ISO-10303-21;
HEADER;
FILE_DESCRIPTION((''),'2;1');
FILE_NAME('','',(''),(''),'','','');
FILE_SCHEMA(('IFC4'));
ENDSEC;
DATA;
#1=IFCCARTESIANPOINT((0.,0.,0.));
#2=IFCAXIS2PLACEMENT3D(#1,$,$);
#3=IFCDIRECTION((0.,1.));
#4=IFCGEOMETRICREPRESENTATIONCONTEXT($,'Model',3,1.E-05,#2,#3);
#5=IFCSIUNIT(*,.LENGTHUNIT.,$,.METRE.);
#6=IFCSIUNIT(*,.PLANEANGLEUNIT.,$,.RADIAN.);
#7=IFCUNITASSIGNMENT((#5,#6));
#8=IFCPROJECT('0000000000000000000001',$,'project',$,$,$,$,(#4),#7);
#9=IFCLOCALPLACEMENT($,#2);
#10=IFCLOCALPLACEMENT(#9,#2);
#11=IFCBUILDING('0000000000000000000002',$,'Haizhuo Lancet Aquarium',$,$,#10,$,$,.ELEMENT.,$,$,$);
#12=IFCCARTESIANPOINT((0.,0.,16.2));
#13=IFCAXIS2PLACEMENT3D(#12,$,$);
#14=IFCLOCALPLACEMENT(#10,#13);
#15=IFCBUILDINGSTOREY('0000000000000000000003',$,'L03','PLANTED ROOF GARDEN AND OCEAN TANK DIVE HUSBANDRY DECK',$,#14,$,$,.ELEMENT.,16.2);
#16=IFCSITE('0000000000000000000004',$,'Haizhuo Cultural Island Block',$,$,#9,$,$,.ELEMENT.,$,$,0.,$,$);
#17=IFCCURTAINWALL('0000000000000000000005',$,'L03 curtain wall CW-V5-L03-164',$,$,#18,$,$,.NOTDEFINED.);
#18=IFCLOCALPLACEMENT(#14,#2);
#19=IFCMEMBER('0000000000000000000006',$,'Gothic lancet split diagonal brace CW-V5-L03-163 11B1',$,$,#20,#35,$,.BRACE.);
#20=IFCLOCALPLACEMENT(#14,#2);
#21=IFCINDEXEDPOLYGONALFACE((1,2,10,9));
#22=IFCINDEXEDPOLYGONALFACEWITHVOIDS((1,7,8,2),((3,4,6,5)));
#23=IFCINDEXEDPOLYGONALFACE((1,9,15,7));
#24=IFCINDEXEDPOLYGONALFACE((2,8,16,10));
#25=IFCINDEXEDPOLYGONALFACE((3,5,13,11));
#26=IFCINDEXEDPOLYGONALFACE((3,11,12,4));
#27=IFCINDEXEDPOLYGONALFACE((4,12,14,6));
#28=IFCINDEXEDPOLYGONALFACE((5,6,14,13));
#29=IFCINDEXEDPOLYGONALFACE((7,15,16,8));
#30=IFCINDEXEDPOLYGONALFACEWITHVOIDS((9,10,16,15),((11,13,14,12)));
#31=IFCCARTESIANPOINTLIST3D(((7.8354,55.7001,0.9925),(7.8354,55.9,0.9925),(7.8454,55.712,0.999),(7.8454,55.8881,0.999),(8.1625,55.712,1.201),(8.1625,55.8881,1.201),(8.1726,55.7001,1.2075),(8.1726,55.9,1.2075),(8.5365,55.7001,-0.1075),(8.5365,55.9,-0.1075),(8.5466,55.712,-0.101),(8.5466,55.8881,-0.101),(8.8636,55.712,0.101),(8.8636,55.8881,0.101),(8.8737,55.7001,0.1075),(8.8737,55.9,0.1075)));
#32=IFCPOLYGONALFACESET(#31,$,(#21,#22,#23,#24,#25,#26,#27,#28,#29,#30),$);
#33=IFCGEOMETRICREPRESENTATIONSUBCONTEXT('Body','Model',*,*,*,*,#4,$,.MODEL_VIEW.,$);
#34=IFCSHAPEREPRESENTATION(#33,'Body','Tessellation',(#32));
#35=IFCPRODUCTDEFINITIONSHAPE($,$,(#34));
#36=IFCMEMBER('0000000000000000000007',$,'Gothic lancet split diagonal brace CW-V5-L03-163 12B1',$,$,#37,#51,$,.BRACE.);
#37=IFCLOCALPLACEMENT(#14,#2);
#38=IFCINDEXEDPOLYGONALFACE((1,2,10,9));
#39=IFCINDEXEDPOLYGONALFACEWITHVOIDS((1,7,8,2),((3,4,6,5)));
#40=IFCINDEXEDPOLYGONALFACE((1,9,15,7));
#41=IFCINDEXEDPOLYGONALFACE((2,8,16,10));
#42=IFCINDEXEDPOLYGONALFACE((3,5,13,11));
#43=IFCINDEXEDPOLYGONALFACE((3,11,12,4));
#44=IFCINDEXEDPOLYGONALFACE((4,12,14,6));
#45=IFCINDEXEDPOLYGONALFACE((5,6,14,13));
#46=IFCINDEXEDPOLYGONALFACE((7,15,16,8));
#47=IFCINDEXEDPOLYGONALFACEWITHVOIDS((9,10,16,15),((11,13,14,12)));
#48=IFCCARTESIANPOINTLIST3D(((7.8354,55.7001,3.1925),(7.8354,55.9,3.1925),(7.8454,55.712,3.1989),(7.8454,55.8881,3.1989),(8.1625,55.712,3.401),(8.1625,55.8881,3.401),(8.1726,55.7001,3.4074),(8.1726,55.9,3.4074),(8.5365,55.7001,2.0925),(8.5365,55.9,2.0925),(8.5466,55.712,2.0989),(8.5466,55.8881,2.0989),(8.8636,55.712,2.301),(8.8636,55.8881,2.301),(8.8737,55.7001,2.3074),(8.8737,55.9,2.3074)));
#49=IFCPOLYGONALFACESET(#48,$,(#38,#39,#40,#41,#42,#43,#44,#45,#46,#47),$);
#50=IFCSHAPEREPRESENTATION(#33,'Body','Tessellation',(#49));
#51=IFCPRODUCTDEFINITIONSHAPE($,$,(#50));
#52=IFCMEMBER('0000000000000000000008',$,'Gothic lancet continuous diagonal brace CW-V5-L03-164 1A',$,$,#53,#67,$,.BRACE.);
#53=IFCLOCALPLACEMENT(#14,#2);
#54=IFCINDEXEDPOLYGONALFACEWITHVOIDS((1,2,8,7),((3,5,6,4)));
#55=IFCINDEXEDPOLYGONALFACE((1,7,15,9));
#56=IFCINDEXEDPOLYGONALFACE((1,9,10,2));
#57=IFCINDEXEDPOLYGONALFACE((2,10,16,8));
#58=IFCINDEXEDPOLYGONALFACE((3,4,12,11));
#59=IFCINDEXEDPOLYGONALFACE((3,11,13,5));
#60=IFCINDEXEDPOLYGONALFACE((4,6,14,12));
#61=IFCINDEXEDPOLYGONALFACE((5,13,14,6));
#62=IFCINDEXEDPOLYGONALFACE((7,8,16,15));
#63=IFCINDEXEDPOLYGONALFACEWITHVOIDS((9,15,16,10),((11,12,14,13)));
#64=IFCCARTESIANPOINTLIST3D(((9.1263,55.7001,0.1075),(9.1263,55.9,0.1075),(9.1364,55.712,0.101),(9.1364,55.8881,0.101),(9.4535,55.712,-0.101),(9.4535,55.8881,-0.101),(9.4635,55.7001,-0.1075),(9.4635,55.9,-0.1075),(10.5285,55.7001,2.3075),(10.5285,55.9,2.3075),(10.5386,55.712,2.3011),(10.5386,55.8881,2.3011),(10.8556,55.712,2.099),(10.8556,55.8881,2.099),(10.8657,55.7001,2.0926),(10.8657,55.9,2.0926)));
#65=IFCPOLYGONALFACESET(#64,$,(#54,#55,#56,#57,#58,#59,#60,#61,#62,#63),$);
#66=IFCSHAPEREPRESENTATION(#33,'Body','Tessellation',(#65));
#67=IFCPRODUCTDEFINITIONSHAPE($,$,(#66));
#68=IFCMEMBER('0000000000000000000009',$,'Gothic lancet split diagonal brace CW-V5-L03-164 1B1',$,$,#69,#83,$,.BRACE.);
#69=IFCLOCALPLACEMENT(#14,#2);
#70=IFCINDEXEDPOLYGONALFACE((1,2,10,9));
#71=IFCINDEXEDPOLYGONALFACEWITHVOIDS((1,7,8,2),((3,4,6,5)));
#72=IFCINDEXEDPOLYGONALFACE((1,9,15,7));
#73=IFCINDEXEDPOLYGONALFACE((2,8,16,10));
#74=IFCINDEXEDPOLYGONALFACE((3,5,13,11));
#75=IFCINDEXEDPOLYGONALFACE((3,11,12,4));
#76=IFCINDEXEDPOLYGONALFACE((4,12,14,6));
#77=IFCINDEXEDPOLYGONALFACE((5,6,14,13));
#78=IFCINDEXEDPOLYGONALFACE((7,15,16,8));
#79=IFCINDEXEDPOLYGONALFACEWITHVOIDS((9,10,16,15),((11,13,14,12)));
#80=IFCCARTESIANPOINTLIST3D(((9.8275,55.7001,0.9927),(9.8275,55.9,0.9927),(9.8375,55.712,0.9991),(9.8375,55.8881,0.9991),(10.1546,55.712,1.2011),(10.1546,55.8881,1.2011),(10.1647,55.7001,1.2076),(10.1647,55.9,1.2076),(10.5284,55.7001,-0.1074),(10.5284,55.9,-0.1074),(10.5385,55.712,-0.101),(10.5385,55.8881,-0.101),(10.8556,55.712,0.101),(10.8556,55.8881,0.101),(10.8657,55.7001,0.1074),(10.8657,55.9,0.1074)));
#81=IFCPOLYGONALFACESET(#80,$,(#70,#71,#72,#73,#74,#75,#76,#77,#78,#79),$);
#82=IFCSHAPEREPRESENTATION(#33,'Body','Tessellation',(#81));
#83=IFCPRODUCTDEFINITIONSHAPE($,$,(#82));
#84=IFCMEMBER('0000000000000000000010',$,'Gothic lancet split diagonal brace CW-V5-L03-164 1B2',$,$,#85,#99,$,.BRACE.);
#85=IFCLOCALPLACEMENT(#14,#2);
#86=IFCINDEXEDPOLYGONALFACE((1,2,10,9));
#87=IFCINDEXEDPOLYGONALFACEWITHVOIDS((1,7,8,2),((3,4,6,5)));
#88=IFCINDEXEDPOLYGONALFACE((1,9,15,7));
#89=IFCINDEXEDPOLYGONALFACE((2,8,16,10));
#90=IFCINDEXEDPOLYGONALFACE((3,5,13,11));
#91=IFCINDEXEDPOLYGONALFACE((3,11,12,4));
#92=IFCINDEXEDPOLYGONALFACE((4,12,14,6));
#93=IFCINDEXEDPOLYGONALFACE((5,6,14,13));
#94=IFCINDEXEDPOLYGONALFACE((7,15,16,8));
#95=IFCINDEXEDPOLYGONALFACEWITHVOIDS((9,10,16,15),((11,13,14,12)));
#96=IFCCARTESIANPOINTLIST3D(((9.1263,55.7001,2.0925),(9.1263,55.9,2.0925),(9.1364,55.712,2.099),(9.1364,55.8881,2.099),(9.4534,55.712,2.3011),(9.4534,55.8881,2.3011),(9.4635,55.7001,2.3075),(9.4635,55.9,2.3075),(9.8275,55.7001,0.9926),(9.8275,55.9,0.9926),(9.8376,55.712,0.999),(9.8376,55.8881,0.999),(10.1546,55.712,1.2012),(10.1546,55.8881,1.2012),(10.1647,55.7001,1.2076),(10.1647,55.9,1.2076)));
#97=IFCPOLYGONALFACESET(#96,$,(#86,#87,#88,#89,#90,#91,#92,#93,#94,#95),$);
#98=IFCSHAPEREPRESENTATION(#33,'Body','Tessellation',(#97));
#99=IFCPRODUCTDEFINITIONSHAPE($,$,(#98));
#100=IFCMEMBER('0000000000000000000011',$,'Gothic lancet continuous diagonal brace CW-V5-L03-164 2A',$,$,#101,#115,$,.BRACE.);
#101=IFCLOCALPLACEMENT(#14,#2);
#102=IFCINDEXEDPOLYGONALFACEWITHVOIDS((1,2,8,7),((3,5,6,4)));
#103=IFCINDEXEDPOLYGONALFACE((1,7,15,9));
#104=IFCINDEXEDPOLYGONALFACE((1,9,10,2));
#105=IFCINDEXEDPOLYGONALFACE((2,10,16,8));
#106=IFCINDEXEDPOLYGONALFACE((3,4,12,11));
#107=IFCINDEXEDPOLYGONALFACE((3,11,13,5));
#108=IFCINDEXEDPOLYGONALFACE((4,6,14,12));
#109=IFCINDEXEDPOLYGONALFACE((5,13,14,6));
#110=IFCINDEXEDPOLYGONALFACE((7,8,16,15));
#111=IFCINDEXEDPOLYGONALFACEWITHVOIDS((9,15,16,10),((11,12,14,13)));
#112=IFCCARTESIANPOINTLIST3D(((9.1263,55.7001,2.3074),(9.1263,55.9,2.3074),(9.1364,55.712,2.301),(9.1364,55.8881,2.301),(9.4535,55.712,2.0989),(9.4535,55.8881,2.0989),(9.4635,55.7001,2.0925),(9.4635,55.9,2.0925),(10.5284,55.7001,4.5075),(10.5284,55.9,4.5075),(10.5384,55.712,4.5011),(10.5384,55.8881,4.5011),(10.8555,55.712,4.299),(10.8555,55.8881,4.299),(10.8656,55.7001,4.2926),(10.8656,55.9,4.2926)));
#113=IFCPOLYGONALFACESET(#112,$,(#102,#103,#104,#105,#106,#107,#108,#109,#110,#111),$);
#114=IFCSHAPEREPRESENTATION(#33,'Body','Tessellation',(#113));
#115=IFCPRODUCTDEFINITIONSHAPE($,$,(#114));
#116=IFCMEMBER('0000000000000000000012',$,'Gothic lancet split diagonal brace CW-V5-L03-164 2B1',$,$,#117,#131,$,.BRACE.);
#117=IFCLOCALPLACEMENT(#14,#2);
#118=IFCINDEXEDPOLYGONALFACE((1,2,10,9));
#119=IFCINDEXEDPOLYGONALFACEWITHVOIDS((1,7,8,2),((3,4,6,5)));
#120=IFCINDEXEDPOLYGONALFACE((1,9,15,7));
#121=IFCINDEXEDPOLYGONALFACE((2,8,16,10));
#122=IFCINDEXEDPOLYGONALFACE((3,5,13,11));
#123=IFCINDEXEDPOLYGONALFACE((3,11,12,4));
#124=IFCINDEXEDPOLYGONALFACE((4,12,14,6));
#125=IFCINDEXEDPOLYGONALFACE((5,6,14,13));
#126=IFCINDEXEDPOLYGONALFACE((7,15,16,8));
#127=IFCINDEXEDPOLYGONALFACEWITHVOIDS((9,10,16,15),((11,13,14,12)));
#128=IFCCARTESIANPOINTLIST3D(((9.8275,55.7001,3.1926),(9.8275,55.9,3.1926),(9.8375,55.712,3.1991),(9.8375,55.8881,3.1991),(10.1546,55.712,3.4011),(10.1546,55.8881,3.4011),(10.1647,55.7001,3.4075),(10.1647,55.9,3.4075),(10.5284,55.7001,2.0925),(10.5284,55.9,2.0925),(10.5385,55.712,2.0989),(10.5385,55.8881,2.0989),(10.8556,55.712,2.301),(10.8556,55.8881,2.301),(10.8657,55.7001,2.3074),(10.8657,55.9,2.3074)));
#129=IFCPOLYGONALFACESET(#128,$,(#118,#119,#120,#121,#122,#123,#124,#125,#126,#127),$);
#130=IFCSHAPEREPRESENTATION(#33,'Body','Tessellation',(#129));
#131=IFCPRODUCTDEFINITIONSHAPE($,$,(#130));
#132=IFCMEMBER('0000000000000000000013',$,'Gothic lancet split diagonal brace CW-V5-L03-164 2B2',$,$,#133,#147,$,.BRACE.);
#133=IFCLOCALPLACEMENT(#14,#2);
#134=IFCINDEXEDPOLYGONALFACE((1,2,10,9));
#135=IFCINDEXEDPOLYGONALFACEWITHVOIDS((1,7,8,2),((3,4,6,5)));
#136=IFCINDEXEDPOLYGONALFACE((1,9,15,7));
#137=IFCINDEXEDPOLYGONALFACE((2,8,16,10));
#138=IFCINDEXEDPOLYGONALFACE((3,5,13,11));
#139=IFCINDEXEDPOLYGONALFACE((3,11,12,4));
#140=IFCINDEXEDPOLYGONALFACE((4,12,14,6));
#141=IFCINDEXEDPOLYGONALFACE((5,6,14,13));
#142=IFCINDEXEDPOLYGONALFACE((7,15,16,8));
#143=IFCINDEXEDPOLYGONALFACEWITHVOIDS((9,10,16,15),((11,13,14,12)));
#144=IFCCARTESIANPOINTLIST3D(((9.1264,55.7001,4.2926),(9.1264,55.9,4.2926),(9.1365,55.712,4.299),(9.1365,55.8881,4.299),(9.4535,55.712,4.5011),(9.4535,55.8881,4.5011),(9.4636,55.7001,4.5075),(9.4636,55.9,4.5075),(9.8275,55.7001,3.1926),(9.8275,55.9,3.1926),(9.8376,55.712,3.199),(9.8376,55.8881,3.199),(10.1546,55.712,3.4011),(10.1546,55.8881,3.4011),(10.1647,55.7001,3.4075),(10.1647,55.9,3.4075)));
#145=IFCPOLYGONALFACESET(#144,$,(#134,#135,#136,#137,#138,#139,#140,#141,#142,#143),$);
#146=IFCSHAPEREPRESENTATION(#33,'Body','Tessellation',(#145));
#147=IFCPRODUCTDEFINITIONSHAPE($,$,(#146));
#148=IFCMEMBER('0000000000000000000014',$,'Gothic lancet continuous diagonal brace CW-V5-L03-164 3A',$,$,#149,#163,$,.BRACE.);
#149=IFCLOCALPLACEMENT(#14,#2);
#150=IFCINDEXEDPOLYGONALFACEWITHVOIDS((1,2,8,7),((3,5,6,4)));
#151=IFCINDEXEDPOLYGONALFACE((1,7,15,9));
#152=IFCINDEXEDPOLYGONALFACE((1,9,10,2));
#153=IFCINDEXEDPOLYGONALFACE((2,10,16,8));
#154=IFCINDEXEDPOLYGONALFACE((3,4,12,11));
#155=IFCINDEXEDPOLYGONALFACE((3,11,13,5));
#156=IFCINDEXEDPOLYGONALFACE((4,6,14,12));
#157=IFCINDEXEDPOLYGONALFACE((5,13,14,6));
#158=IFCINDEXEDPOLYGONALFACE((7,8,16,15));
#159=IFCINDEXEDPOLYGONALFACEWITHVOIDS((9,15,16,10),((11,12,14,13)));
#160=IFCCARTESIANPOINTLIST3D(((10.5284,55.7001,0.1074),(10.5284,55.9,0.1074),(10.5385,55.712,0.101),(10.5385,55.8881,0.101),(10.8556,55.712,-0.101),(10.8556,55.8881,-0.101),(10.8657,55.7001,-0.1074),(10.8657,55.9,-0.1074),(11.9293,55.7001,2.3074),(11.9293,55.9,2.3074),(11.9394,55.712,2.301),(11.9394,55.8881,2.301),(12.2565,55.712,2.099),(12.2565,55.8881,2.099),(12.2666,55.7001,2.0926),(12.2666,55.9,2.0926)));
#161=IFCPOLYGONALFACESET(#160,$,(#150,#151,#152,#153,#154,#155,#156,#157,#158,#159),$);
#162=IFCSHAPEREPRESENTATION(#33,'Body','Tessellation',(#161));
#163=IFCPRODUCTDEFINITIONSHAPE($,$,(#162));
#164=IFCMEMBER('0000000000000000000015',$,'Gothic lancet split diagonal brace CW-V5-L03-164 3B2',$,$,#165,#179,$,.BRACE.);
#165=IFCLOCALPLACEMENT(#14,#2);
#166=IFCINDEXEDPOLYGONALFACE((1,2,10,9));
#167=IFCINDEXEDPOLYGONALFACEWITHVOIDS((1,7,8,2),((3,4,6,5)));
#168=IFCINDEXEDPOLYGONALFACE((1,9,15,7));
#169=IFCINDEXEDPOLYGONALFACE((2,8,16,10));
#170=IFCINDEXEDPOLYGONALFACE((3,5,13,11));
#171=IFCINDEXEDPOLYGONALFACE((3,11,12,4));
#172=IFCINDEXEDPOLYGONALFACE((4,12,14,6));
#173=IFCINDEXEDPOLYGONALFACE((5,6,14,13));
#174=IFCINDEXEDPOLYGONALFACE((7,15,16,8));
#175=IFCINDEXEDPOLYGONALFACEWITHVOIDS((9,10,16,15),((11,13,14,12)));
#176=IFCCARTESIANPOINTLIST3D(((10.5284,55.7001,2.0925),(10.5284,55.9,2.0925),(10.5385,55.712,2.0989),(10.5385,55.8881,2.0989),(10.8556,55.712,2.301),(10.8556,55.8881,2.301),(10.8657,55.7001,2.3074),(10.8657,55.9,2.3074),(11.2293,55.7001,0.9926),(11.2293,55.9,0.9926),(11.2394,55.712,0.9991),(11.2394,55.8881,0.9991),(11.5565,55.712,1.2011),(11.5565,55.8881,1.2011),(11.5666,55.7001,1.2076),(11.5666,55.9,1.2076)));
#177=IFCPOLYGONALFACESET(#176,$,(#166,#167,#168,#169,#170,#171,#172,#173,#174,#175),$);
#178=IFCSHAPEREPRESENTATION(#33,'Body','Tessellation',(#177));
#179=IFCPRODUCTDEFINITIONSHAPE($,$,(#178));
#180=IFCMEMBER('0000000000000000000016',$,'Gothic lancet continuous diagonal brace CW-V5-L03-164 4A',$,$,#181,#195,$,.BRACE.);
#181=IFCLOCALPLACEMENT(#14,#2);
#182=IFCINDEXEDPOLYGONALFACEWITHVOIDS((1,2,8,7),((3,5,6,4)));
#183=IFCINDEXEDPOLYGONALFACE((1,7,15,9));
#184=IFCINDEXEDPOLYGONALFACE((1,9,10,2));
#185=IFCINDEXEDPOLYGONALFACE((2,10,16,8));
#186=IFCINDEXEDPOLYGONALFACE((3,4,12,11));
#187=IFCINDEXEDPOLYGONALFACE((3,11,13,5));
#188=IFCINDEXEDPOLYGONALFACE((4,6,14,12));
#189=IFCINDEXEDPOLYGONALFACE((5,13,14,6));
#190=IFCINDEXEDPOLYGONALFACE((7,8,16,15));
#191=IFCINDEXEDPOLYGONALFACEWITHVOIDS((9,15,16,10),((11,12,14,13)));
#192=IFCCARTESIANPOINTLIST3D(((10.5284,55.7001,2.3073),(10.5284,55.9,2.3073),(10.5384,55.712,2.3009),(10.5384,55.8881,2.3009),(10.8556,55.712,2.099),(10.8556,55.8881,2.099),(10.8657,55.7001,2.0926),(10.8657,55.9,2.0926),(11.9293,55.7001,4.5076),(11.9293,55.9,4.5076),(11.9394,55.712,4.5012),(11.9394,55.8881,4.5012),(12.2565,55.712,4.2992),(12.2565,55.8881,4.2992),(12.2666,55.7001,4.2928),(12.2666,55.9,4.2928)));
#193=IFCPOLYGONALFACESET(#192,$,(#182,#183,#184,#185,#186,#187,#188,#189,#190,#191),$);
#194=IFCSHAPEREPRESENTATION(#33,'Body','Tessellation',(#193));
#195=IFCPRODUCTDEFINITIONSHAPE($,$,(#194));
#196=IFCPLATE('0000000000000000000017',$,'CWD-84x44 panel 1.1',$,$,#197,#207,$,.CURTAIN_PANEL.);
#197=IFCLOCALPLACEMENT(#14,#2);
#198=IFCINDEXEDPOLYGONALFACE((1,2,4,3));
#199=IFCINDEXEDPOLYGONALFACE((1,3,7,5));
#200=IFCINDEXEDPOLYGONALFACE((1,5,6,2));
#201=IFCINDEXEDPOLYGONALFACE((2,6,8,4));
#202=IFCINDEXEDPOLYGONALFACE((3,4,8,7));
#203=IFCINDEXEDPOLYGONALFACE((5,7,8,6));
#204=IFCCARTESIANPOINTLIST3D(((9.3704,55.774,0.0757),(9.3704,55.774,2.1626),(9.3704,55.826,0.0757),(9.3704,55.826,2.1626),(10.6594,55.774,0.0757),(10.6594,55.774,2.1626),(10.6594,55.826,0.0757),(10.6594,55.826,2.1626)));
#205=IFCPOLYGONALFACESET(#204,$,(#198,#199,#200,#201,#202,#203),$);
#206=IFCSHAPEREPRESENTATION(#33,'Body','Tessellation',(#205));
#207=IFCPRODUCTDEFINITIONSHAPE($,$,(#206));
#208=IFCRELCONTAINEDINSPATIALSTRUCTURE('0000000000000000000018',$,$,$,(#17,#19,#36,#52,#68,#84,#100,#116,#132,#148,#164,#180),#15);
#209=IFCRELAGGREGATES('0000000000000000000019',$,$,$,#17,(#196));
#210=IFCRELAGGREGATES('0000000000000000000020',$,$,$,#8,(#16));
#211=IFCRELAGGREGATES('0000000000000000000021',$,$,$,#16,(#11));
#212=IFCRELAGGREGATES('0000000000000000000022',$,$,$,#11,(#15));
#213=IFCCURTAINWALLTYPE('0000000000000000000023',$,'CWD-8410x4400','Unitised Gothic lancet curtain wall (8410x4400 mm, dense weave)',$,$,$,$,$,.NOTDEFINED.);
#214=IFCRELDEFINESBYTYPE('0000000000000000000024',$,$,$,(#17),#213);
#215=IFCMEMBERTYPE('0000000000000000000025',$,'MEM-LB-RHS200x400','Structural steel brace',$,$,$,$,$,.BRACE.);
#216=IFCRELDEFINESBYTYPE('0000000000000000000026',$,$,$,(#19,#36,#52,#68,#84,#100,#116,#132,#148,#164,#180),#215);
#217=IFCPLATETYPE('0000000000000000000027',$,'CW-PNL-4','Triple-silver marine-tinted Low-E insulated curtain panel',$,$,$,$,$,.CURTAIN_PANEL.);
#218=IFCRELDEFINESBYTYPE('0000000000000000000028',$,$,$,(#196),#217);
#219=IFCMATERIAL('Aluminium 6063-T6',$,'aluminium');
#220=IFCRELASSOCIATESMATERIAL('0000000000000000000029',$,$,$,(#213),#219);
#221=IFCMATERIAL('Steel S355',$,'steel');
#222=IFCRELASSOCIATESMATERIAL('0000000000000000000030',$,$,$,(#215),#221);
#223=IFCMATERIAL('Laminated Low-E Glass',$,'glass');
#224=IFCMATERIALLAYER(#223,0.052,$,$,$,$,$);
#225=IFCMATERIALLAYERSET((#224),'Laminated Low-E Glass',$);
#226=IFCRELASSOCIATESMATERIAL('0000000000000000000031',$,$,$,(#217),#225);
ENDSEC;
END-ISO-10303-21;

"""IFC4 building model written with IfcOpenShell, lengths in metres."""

from ifc_helpers import new_model, si_unit, direction, frame, origin, origin_2d, place, context, subcontext, project, spatial, rectangle, hollow_rectangle, extrude, material, layer, layer_set, material_profile, profile_set, type_object, element, aggregate, save


model = new_model("IFC4")

# Units and contexts
model_context = context("Model", 3, precision=1e-05, world=origin(), true_north=direction((0.0, 1.0)))
body_context = subcontext(model_context, "Body", "Model", "MODEL_VIEW")
ifc_project = project(units=[si_unit("LENGTHUNIT", "METRE"), si_unit("PLANEANGLEUNIT", "RADIAN")], contexts=[model_context])

# Site, building, storey
site_placement = place(None, origin())
site = spatial("IfcSite", under=ifc_project, at=site_placement, Name="Haizhuo Cultural Island Block", CompositionType="ELEMENT", RefElevation=0.0)
building_placement = place(site_placement, origin())
building = spatial("IfcBuilding", under=site, at=building_placement, Name="Haizhuo Lancet Aquarium", CompositionType="ELEMENT")
storey_placement = place(building_placement, frame((0.0, 0.0, 16.2)))
storey = spatial("IfcBuildingStorey", under=building, at=storey_placement, Name="L03", Description="PLANTED ROOF GARDEN AND OCEAN TANK DIVE HUSBANDRY DECK", CompositionType="ELEMENT", Elevation=16.2)

# Shared definitions
ifc_material_1 = material(Name="Aluminium 6063-T6", Category="aluminium")
curtain_wall_type = type_object("IfcCurtainWallType", Name="CWD-8410x4400", Description="Unitised Gothic lancet curtain wall (8410x4400 mm, dense weave)", PredefinedType="NOTDEFINED", material=ifc_material_1)

# Curtain wall
curtain_wall_1_placement = place(storey_placement, origin())
curtain_wall_1 = element("IfcCurtainWall", 1, at=curtain_wall_1_placement, inside=storey, type_object=curtain_wall_type, Name="L03 curtain wall CW-V5-L03-164", PredefinedType="NOTDEFINED")

# Members
ifc_material_2 = material(Name="Steel S355", Category="steel")
ifc_material_profile_1 = material_profile(ifc_material_2, hollow_rectangle(XDim=0.2, YDim=0.3999, WallThickness=0.012, at=origin_2d()), Name="RHS 200x400x12")
ifc_profile_set_1 = profile_set([ifc_material_profile_1], Name="Steel S355")
member_type_1 = type_object("IfcMemberType", Name="MEM-LB-RHS200x400", Description="Structural steel brace", PredefinedType="BRACE", material=ifc_profile_set_1)
for number, where, z_axis, x_axis, name in (
    (2, (8.7051, 55.8, 0.0), (-0.537481, 0.0, 0.843276), (0.0, -1.0, 0.0), "Gothic lancet split diagonal brace CW-V5-L03-163 11B1"),
    (3, (8.7051, 55.8, 2.2), (-0.537481, 0.0, 0.843276), (0.0, -1.0, 0.0), "Gothic lancet split diagonal brace CW-V5-L03-163 12B1"),
):
    element("IfcMember", number, at=place(storey_placement, frame(where, z_axis=z_axis, x_axis=x_axis)), inside=storey, type_object=member_type_1, Name=name, PredefinedType="BRACE", context=body_context, shape_type="SweptSolid", body=[
        extrude(hollow_rectangle(XDim=0.2, YDim=0.3999, WallThickness=0.012, at=origin_2d()), origin(), (0.0, 0.0, 1.0), 1.3044),
    ])
member_1_placement = place(storey_placement, frame((9.2949, 55.8, 0.0), z_axis=(0.537457, 0.0, 0.843291), x_axis=(0.0, 1.0, 0.0)))
element("IfcMember", 4, at=member_1_placement, inside=storey, type_object=member_type_1, Name="Gothic lancet continuous diagonal brace CW-V5-L03-164 1A", PredefinedType="BRACE", context=body_context, shape_type="SweptSolid", body=[
    extrude(hollow_rectangle(XDim=0.2, YDim=0.3999, WallThickness=0.012, at=origin_2d()), origin(), (0.0, 0.0, 1.0), 2.6089),
])
for number, where, z_axis, x_axis, name in (
    (5, (10.697, 55.8, 0.0), (-0.537348, 0.0, 0.843361), (0.0, -1.0, 0.0), "Gothic lancet split diagonal brace CW-V5-L03-164 1B1"),
    (6, (9.9961, 55.8, 1.1001), (-0.537566, 0.0, 0.843222), (0.0, -1.0, 0.0), "Gothic lancet split diagonal brace CW-V5-L03-164 1B2"),
):
    element("IfcMember", number, at=place(storey_placement, frame(where, z_axis=z_axis, x_axis=x_axis)), inside=storey, type_object=member_type_1, Name=name, PredefinedType="BRACE", context=body_context, shape_type="SweptSolid", body=[
        extrude(hollow_rectangle(XDim=0.2, YDim=0.3999, WallThickness=0.012, at=origin_2d()), origin(), (0.0, 0.0, 1.0), 1.3044),
    ])
member_2_placement = place(storey_placement, frame((9.2949, 55.8, 2.2), z_axis=(0.537414, 0.0, 0.843318), x_axis=(0.0, 1.0, 0.0)))
element("IfcMember", 7, at=member_2_placement, inside=storey, type_object=member_type_1, Name="Gothic lancet continuous diagonal brace CW-V5-L03-164 2A", PredefinedType="BRACE", context=body_context, shape_type="SweptSolid", body=[
    extrude(hollow_rectangle(XDim=0.2, YDim=0.3999, WallThickness=0.012, at=origin_2d()), origin(), (0.0, 0.0, 1.0), 2.6089),
])
for number, where, z_axis, x_axis, name in (
    (8, (10.697, 55.8, 2.2), (-0.537348, 0.0, 0.843361), (0.0, -1.0, 0.0), "Gothic lancet split diagonal brace CW-V5-L03-164 2B1"),
    (9, (9.9961, 55.8, 3.3), (-0.537481, 0.0, 0.843276), (0.0, -1.0, 0.0), "Gothic lancet split diagonal brace CW-V5-L03-164 2B2"),
):
    element("IfcMember", number, at=place(storey_placement, frame(where, z_axis=z_axis, x_axis=x_axis)), inside=storey, type_object=member_type_1, Name=name, PredefinedType="BRACE", context=body_context, shape_type="SweptSolid", body=[
        extrude(hollow_rectangle(XDim=0.2, YDim=0.3999, WallThickness=0.012, at=origin_2d()), origin(), (0.0, 0.0, 1.0), 1.3044),
    ])
member_3_placement = place(storey_placement, frame((10.697, 55.8, 0.0), z_axis=(0.537124, 0.0, 0.843503), x_axis=(0.0, 1.0, 0.0)))
element("IfcMember", 10, at=member_3_placement, inside=storey, type_object=member_type_1, Name="Gothic lancet continuous diagonal brace CW-V5-L03-164 3A", PredefinedType="BRACE", context=body_context, shape_type="SweptSolid", body=[
    extrude(hollow_rectangle(XDim=0.2, YDim=0.3999, WallThickness=0.012, at=origin_2d()), origin(), (0.0, 0.0, 1.0), 2.6082),
])
member_4_placement = place(storey_placement, frame((11.3979, 55.8, 1.1001), z_axis=(-0.537433, 0.0, 0.843307), x_axis=(0.0, -1.0, 0.0)))
element("IfcMember", 11, at=member_4_placement, inside=storey, type_object=member_type_1, Name="Gothic lancet split diagonal brace CW-V5-L03-164 3B2", PredefinedType="BRACE", context=body_context, shape_type="SweptSolid", body=[
    extrude(hollow_rectangle(XDim=0.2, YDim=0.3999, WallThickness=0.012, at=origin_2d()), origin(), (0.0, 0.0, 1.0), 1.3042),
])
member_5_placement = place(storey_placement, frame((10.697, 55.8, 2.2), z_axis=(0.537081, 0.0, 0.84353), x_axis=(0.0, 1.0, 0.0)))
element("IfcMember", 12, at=member_5_placement, inside=storey, type_object=member_type_1, Name="Gothic lancet continuous diagonal brace CW-V5-L03-164 4A", PredefinedType="BRACE", context=body_context, shape_type="SweptSolid", body=[
    extrude(hollow_rectangle(XDim=0.2, YDim=0.3999, WallThickness=0.012, at=origin_2d()), origin(), (0.0, 0.0, 1.0), 2.6084),
])

# Plate
ifc_material_3 = material(Name="Laminated Low-E Glass", Category="glass")
ifc_layer = layer(ifc_material_3, 0.052)
ifc_layer_set = layer_set([ifc_layer], Name="Laminated Low-E Glass")
plate_type = type_object("IfcPlateType", Name="CW-PNL-4", Description="Triple-silver marine-tinted Low-E insulated curtain panel", PredefinedType="CURTAIN_PANEL", material=ifc_layer_set)
plate_1_placement = place(storey_placement, frame((10.0149, 55.8, 0.0757), z_axis=(0.0, 0.0, 1.0), x_axis=(1.0, 0.0, 0.0)))
plate_1 = element("IfcPlate", 13, at=plate_1_placement, type_object=plate_type, Name="CWD-84x44 panel 1.1", PredefinedType="CURTAIN_PANEL", context=body_context, shape_type="SweptSolid", body=[
    extrude(rectangle(XDim=1.2891, YDim=0.052, at=origin_2d()), origin(), (0.0, 0.0, 1.0), 2.0869),
])
aggregate(curtain_wall_1, [plate_1])

save(model, "model.ifc")
